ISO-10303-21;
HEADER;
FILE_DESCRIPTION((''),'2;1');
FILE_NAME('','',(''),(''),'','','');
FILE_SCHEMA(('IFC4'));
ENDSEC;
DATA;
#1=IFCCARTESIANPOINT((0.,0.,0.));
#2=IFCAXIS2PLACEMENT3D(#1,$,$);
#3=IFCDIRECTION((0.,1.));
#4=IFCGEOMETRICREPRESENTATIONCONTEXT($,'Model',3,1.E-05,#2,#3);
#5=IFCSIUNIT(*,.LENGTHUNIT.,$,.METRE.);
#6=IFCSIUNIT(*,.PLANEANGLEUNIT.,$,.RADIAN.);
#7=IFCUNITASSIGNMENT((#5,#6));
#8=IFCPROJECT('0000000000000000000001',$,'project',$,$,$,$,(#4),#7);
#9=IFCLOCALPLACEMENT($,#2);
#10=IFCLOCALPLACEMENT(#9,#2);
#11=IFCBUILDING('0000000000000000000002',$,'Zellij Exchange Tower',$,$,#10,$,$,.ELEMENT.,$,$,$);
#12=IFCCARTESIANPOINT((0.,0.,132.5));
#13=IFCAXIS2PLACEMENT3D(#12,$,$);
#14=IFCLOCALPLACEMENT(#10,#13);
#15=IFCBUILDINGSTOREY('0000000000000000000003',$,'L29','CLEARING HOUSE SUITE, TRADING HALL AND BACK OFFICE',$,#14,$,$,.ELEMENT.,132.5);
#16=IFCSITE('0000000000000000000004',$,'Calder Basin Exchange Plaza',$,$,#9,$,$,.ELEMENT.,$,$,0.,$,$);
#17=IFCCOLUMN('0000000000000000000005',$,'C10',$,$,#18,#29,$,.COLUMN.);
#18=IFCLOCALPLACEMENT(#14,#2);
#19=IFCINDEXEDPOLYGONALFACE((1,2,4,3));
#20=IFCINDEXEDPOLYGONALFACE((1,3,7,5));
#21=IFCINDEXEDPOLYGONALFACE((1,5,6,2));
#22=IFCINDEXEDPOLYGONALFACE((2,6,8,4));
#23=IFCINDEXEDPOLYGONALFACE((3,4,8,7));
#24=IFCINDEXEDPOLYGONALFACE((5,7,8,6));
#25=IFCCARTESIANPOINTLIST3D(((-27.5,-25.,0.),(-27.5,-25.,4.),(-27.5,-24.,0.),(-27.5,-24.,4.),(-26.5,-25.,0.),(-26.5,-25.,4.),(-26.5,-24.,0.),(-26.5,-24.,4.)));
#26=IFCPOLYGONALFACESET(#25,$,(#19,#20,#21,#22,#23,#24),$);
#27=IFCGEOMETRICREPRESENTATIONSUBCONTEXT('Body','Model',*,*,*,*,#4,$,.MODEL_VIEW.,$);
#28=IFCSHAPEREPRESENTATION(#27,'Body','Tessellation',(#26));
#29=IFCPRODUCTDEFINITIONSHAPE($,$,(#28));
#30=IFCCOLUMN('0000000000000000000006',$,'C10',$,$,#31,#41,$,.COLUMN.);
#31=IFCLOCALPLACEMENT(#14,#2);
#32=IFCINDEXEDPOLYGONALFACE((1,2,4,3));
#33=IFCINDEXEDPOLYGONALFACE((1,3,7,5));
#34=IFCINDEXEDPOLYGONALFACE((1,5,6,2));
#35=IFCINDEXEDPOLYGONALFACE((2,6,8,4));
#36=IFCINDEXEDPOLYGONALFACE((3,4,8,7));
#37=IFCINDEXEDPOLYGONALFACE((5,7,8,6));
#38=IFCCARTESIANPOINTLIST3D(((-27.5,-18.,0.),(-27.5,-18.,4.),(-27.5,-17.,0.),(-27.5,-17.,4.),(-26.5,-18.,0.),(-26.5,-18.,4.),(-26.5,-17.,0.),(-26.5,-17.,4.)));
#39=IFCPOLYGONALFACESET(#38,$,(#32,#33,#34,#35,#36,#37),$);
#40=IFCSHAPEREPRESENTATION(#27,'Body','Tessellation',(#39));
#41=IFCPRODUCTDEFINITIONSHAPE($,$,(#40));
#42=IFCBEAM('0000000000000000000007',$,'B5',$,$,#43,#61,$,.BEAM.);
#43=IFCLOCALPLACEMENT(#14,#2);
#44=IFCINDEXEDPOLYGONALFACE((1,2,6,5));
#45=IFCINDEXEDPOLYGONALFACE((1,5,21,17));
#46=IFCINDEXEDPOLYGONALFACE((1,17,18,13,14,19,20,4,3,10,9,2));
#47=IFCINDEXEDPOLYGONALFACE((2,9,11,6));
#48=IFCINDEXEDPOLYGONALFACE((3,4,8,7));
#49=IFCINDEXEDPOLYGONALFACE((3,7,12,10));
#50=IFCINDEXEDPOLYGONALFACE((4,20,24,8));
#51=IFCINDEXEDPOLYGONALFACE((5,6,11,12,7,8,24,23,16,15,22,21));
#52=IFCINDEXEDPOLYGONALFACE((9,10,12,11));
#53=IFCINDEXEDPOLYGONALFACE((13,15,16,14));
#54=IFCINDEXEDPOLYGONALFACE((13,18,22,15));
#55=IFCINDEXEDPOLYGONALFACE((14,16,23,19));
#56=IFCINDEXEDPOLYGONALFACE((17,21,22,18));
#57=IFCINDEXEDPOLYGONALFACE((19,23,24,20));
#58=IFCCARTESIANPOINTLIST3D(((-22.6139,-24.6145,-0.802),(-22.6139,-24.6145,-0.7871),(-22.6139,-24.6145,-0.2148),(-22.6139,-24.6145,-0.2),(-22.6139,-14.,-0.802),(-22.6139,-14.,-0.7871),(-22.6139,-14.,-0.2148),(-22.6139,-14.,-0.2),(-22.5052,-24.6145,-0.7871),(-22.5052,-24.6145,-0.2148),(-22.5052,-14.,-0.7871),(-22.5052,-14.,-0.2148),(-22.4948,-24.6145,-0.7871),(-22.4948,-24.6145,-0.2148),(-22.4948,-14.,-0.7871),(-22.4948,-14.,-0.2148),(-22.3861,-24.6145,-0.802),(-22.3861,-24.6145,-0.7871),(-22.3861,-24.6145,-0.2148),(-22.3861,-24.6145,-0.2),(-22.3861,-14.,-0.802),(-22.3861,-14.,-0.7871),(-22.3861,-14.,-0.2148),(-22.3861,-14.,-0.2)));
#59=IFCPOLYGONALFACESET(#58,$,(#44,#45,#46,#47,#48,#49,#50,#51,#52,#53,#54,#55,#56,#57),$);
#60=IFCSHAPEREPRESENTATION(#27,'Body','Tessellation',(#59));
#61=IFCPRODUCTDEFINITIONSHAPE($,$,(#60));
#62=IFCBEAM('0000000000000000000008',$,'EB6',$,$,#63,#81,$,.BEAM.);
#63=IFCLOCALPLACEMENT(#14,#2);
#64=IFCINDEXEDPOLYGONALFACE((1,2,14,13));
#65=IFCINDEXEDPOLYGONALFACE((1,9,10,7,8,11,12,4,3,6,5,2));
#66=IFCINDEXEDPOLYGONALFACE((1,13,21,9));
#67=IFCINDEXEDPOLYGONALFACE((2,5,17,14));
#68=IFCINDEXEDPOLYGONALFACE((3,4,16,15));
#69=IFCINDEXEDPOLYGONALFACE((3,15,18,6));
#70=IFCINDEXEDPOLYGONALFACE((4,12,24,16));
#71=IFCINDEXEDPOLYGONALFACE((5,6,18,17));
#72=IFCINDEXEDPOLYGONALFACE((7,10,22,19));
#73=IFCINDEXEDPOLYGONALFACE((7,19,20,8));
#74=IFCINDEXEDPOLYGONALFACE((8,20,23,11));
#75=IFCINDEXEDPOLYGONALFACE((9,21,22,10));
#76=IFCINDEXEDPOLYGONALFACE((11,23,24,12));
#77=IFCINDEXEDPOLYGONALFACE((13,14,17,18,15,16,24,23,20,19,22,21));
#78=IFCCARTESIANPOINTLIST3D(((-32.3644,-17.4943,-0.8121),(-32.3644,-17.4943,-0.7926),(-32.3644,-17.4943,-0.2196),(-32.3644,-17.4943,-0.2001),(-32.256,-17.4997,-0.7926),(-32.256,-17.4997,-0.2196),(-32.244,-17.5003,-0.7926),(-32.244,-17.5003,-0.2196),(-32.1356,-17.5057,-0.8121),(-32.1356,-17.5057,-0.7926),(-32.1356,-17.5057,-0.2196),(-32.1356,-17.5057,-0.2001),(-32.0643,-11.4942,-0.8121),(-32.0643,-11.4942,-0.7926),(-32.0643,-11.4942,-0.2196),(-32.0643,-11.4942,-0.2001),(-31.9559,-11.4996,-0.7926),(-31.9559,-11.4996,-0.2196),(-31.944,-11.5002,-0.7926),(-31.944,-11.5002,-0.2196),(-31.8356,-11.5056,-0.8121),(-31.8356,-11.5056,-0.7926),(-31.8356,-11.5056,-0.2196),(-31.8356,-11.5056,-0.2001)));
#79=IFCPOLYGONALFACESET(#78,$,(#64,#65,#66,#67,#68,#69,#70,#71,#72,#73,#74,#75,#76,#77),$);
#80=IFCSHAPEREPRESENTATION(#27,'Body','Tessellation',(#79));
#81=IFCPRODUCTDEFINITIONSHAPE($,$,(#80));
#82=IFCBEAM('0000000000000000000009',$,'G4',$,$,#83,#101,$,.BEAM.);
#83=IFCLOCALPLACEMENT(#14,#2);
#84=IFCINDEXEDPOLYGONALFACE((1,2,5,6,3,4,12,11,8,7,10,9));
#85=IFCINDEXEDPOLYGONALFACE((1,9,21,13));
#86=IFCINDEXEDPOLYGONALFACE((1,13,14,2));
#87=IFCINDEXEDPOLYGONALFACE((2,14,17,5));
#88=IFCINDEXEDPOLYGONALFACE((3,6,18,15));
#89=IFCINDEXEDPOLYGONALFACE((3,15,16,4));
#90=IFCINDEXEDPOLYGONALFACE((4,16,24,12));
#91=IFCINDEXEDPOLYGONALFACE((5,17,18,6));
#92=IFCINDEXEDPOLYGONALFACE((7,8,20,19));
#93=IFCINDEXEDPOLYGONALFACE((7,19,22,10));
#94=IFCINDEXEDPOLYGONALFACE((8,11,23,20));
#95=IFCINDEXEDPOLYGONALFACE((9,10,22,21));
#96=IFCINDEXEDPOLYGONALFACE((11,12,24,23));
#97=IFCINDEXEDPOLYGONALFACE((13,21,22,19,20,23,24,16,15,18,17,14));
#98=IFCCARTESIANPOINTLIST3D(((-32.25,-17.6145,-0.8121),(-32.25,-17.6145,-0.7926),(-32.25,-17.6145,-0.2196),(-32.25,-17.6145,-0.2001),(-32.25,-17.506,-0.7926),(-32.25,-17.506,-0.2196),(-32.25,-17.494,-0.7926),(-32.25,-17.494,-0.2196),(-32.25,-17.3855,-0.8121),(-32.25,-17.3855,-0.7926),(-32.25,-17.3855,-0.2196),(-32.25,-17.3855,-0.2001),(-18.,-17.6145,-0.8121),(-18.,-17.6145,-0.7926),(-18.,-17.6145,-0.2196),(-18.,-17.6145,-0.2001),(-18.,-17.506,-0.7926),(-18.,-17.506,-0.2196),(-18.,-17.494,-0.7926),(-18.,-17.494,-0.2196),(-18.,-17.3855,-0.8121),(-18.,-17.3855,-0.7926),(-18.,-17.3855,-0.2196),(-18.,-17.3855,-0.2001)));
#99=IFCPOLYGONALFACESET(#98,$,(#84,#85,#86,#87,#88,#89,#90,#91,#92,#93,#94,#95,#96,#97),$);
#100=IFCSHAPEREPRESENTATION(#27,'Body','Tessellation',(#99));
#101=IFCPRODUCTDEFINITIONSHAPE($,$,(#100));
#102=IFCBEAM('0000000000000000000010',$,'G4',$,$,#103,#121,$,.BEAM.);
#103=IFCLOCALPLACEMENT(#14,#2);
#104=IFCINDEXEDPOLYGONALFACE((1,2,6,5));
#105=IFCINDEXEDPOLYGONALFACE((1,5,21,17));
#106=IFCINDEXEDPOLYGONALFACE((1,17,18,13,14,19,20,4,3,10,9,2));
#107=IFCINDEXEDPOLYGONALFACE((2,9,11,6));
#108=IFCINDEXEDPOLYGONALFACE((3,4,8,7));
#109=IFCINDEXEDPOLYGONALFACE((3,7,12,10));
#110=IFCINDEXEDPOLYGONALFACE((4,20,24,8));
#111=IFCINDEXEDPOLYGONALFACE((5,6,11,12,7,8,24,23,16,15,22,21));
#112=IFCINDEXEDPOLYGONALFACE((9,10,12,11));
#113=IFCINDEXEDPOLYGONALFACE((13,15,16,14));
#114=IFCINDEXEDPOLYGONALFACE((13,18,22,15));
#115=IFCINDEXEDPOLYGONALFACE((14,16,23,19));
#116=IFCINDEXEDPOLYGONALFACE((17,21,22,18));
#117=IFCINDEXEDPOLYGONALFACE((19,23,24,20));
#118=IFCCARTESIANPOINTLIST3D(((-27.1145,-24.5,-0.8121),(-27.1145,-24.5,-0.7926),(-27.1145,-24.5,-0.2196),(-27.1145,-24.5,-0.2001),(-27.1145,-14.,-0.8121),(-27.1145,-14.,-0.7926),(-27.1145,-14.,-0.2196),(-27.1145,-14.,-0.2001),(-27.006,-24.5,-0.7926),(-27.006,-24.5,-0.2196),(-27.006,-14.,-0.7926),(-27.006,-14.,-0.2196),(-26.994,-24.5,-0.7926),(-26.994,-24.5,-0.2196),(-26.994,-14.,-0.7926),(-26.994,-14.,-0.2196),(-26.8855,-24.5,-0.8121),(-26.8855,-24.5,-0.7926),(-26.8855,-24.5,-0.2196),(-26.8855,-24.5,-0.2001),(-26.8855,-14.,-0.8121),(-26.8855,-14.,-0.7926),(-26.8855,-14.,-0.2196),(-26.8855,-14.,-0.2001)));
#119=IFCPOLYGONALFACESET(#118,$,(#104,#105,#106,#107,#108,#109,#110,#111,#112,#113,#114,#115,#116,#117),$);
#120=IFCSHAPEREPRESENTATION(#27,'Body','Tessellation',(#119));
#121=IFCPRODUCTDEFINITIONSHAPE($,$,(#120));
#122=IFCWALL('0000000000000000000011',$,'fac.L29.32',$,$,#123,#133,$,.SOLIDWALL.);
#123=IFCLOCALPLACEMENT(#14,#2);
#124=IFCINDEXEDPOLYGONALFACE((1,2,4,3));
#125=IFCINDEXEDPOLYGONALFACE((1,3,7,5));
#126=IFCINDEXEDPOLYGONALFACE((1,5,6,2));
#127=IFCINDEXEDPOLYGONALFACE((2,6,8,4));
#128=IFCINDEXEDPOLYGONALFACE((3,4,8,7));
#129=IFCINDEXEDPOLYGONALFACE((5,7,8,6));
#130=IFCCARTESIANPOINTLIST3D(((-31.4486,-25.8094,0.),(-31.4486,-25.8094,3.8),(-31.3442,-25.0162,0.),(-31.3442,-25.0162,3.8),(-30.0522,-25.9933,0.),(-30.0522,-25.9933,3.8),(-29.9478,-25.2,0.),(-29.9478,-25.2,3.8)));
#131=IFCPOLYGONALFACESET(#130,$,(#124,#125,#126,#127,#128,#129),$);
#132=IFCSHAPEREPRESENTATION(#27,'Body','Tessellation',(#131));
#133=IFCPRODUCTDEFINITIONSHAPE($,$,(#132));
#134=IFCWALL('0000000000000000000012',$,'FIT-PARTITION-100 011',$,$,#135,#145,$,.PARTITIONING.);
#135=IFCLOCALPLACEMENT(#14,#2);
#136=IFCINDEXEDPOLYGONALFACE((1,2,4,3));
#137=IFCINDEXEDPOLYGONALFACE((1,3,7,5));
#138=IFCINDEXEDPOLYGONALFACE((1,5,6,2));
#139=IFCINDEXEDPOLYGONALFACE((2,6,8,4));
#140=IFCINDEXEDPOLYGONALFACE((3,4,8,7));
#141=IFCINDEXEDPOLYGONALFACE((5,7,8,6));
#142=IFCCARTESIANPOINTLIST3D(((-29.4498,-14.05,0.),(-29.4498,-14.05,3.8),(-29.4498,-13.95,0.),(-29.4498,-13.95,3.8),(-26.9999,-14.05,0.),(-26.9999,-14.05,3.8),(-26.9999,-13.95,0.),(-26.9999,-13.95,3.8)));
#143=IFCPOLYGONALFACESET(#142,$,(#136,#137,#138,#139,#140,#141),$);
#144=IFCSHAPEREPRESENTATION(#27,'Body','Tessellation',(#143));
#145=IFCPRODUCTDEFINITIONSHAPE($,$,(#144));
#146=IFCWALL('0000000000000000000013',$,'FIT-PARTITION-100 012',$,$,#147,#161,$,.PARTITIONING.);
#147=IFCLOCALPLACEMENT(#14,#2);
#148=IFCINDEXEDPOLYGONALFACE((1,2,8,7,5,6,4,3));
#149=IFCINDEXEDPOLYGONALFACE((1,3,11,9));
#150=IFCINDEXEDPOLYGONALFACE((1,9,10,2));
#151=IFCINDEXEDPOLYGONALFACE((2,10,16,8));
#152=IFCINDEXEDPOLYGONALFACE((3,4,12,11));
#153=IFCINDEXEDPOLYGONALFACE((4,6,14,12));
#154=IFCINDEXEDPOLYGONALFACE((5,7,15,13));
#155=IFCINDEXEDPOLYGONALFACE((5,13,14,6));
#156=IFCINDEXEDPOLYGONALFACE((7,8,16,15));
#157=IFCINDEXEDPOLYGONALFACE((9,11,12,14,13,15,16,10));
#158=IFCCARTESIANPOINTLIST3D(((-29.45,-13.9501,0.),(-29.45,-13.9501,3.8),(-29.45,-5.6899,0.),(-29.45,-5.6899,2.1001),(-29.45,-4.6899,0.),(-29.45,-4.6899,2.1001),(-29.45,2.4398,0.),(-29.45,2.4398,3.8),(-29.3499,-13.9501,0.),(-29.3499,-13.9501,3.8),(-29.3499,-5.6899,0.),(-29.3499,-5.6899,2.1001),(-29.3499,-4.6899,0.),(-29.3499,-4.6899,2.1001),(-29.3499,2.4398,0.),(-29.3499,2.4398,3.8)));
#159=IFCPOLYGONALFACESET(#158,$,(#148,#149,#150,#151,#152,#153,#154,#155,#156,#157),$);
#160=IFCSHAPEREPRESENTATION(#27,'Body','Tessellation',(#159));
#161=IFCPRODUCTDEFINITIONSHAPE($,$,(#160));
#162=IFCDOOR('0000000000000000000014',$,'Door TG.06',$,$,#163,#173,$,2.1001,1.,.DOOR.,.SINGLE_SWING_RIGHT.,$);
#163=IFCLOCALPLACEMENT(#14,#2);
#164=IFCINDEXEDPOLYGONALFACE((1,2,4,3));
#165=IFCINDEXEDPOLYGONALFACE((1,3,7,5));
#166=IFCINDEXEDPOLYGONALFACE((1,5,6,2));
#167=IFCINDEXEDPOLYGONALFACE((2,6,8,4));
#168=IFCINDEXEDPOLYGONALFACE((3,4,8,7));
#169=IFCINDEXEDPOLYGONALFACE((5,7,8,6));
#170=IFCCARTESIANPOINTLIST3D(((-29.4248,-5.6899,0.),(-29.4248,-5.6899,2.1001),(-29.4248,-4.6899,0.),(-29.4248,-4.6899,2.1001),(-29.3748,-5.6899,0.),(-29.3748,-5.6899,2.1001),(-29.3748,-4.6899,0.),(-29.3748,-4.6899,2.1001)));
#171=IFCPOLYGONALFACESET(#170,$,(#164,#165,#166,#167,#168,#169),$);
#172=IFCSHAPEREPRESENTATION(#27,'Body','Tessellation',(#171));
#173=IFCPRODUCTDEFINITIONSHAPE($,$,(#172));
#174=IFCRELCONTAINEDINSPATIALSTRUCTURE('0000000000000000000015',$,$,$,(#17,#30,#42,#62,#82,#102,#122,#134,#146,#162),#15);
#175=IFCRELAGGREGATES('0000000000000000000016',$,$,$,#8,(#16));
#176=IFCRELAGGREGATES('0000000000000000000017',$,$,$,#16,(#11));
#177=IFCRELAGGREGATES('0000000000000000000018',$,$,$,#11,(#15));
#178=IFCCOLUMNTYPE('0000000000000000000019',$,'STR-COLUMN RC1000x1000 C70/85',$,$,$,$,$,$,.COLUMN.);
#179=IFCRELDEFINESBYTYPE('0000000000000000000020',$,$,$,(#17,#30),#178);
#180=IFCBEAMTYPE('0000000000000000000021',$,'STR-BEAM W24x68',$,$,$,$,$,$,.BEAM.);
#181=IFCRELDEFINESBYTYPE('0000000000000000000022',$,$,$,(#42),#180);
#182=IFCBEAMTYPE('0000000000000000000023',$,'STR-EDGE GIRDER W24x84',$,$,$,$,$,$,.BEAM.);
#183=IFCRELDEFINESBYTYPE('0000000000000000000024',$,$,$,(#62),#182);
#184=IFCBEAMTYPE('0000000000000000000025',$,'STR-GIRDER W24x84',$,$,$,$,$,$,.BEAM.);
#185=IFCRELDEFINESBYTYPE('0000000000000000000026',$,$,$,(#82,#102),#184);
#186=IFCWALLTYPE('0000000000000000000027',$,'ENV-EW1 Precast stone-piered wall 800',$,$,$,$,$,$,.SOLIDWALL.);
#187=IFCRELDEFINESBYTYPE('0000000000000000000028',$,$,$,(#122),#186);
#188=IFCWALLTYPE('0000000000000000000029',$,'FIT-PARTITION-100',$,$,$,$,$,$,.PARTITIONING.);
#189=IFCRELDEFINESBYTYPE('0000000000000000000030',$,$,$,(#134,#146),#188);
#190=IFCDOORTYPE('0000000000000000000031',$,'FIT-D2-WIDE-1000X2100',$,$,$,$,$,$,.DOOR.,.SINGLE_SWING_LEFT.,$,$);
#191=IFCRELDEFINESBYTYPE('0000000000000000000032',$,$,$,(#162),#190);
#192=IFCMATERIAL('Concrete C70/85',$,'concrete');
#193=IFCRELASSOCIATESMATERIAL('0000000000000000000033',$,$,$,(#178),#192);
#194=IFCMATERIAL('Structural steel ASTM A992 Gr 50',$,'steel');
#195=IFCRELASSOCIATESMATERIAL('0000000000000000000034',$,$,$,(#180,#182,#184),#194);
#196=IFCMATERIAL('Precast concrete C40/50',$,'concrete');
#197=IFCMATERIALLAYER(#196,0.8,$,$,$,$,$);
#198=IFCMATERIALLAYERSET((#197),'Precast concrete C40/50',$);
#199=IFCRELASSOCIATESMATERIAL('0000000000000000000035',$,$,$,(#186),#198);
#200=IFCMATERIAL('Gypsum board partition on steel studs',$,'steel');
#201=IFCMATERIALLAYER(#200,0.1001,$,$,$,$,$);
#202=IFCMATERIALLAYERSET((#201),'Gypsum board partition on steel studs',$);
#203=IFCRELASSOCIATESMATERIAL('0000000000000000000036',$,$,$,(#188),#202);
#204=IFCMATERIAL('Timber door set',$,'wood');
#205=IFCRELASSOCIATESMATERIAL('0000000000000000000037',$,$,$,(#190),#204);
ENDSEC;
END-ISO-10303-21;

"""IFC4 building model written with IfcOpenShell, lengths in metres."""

from ifc_helpers import new_model, si_unit, direction, frame, frame_2d, origin, origin_2d, place, context, subcontext, project, spatial, rectangle, i_section, extrude, material, layer, layer_set, material_profile, profile_set, type_object, element, fill, save


model = new_model("IFC4")

# Units and contexts
model_context = context("Model", 3, precision=1e-05, world=origin(), true_north=direction((0.0, 1.0)))
body_context = subcontext(model_context, "Body", "Model", "MODEL_VIEW")
ifc_project = project(units=[si_unit("LENGTHUNIT", "METRE"), si_unit("PLANEANGLEUNIT", "RADIAN")], contexts=[model_context])

# Site, building, storey
site_placement = place(None, origin())
site = spatial("IfcSite", under=ifc_project, at=site_placement, Name="Calder Basin Exchange Plaza", CompositionType="ELEMENT", RefElevation=0.0)
building_placement = place(site_placement, origin())
building = spatial("IfcBuilding", under=site, at=building_placement, Name="Zellij Exchange Tower", CompositionType="ELEMENT")
storey_placement = place(building_placement, frame((0.0, 0.0, 132.5)))
storey = spatial("IfcBuildingStorey", under=building, at=storey_placement, Name="L29", Description="CLEARING HOUSE SUITE, TRADING HALL AND BACK OFFICE", CompositionType="ELEMENT", Elevation=132.5)

# Columns
ifc_material_1 = material(Name="Concrete C70/85", Category="concrete")
ifc_material_profile_1 = material_profile(ifc_material_1, rectangle(XDim=1.0, YDim=1.0, at=origin_2d()), Name="STR-COLUMN RC1000x1000 C70/85")
ifc_profile_set_1 = profile_set([ifc_material_profile_1], Name="Concrete C70/85")
column_type = type_object("IfcColumnType", Name="STR-COLUMN RC1000x1000 C70/85", PredefinedType="COLUMN", material=ifc_profile_set_1)
for number, where, z_axis, x_axis, name in (
    (1, (-27.0, -24.5, 0.0), (0.0, 0.0, 1.0), (1.0, 0.0, 0.0), "C10"),
    (2, (-27.0, -17.5, 0.0), (0.0, 0.0, 1.0), (1.0, 0.0, 0.0), "C10"),
):
    element("IfcColumn", number, at=place(storey_placement, frame(where, z_axis=z_axis, x_axis=x_axis)), inside=storey, type_object=column_type, Name=name, PredefinedType="COLUMN", context=body_context, shape_type="SweptSolid", body=[
        extrude(rectangle(XDim=1.0, YDim=1.0, at=origin_2d()), origin(), (0.0, 0.0, 1.0), 4.0),
    ])

# Beams
ifc_material_2 = material(Name="Structural steel ASTM A992 Gr 50", Category="steel")
ifc_material_profile_2 = material_profile(ifc_material_2, i_section(OverallWidth=0.2278, OverallDepth=0.6021, WebThickness=0.0105, FlangeThickness=0.0149, at=origin_2d()), Name="W24x68")
ifc_profile_set_2 = profile_set([ifc_material_profile_2], Name="Structural steel ASTM A992 Gr 50")
beam_type_1 = type_object("IfcBeamType", Name="STR-BEAM W24x68", PredefinedType="BEAM", material=ifc_profile_set_2)
beam_1_placement = place(storey_placement, frame((-22.5, -24.6145, -0.501), z_axis=(0.0, 1.0, 0.0), x_axis=(-1.0, 0.0, 0.0)))
element("IfcBeam", 3, at=beam_1_placement, inside=storey, type_object=beam_type_1, Name="B5", PredefinedType="BEAM", context=body_context, shape_type="SweptSolid", body=[
    extrude(i_section(OverallWidth=0.2278, OverallDepth=0.6021, WebThickness=0.0105, FlangeThickness=0.0149, at=origin_2d()), origin(), (0.0, 0.0, 1.0), 10.6145),
])
ifc_material_profile_3 = material_profile(ifc_material_2, i_section(OverallWidth=0.229, OverallDepth=0.6121, WebThickness=0.012, FlangeThickness=0.0195, at=origin_2d()), Name="W24x84")
ifc_profile_set_3 = profile_set([ifc_material_profile_3], Name="Structural steel ASTM A992 Gr 50")
beam_type_2 = type_object("IfcBeamType", Name="STR-EDGE GIRDER W24x84", PredefinedType="BEAM", material=ifc_profile_set_3)
beam_2_placement = place(storey_placement, frame((-32.25, -17.5, -0.5061), z_axis=(0.049946, 0.998752, 0.0), x_axis=(-0.998752, 0.049946, 0.0)))
element("IfcBeam", 4, at=beam_2_placement, inside=storey, type_object=beam_type_2, Name="EB6", PredefinedType="BEAM", context=body_context, shape_type="SweptSolid", body=[
    extrude(i_section(OverallWidth=0.229, OverallDepth=0.6121, WebThickness=0.012, FlangeThickness=0.0195, at=origin_2d()), origin(), (0.0, 0.0, 1.0), 6.0076),
])
ifc_material_profile_4 = material_profile(ifc_material_2, i_section(OverallWidth=0.229, OverallDepth=0.6121, WebThickness=0.012, FlangeThickness=0.0195, at=origin_2d()), Name="W24x84")
ifc_profile_set_4 = profile_set([ifc_material_profile_4], Name="Structural steel ASTM A992 Gr 50")
beam_type_3 = type_object("IfcBeamType", Name="STR-GIRDER W24x84", PredefinedType="BEAM", material=ifc_profile_set_4)
beam_3_placement = place(storey_placement, frame((-32.25, -17.5, -0.5061), z_axis=(1.0, 0.0, 0.0), x_axis=(0.0, 1.0, 0.0)))
element("IfcBeam", 5, at=beam_3_placement, inside=storey, type_object=beam_type_3, Name="G4", PredefinedType="BEAM", context=body_context, shape_type="SweptSolid", body=[
    extrude(i_section(OverallWidth=0.229, OverallDepth=0.6121, WebThickness=0.012, FlangeThickness=0.0195, at=origin_2d()), origin(), (0.0, 0.0, 1.0), 14.25),
])
beam_4_placement = place(storey_placement, frame((-27.0, -24.5, -0.5061), z_axis=(0.0, 1.0, 0.0), x_axis=(-1.0, 0.0, 0.0)))
element("IfcBeam", 6, at=beam_4_placement, inside=storey, type_object=beam_type_3, Name="G4", PredefinedType="BEAM", context=body_context, shape_type="SweptSolid", body=[
    extrude(i_section(OverallWidth=0.229, OverallDepth=0.6121, WebThickness=0.012, FlangeThickness=0.0195, at=origin_2d()), origin(), (0.0, 0.0, 1.0), 10.5),
])

# Shared definitions
ifc_material_3 = material(Name="Precast concrete C40/50", Category="concrete")
ifc_layer_1 = layer(ifc_material_3, 0.8)
ifc_layer_set_1 = layer_set([ifc_layer_1], Name="Precast concrete C40/50")
wall_type_1 = type_object("IfcWallType", Name="ENV-EW1 Precast stone-piered wall 800", PredefinedType="SOLIDWALL", material=ifc_layer_set_1)

# Walls
wall_1_placement = place(storey_placement, frame((-31.3962, -25.4128, 0.0), z_axis=(0.0, 0.0, 1.0), x_axis=(0.991446, -0.130517, 0.0)))
element("IfcWall", 7, at=wall_1_placement, inside=storey, type_object=wall_type_1, Name="fac.L29.32", PredefinedType="SOLIDWALL", context=body_context, shape_type="SweptSolid", body=[
    extrude(rectangle(XDim=1.4084, YDim=0.8, at=frame_2d((0.7041, 0.0))), origin(), (0.0, 0.0, 1.0), 3.8),
])
ifc_material_4 = material(Name="Gypsum board partition on steel studs", Category="steel")
ifc_layer_2 = layer(ifc_material_4, 0.1001)
ifc_layer_set_2 = layer_set([ifc_layer_2], Name="Gypsum board partition on steel studs")
wall_type_2 = type_object("IfcWallType", Name="FIT-PARTITION-100", PredefinedType="PARTITIONING", material=ifc_layer_set_2)
wall_2_placement = place(storey_placement, frame((-29.45, -14.0, 0.0), z_axis=(0.0, 0.0, 1.0), x_axis=(1.0, 0.0, 0.0)))
element("IfcWall", 8, at=wall_2_placement, inside=storey, type_object=wall_type_2, Name="FIT-PARTITION-100 011", PredefinedType="PARTITIONING", context=body_context, shape_type="SweptSolid", body=[
    extrude(rectangle(XDim=2.45, YDim=0.1001, at=frame_2d((1.2251, 0.0))), origin(), (0.0, 0.0, 1.0), 3.8),
])

# Wall, opening, door
wall_3_placement = place(storey_placement, frame((-29.3999, -13.95, 0.0), z_axis=(0.0, 0.0, 1.0), x_axis=(0.0, 1.0, 0.0)))
wall_3 = element("IfcWall", 9, at=wall_3_placement, inside=storey, type_object=wall_type_2, Name="FIT-PARTITION-100 012", PredefinedType="PARTITIONING", context=body_context, shape_type="SweptSolid", body=[
    extrude(rectangle(XDim=16.3899, YDim=0.1001, at=frame_2d((8.1948, 0.0))), origin(), (0.0, 0.0, 1.0), 3.8),
])
opening_1_placement = place(wall_3_placement, frame((8.26, 0.0, 0.0)))
opening_1 = element("IfcOpeningElement", 10, at=opening_1_placement, cuts=wall_3, PredefinedType="OPENING", context=body_context, shape_type="SweptSolid", body=[
    extrude(rectangle(XDim=1.0, YDim=2.1001, at=frame_2d((0.5, 1.05))), frame((0.0, 0.062, 0.0), z_axis=(0.0, -1.0, 0.0), x_axis=(1.0, 0.0, 0.0)), (0.0, 0.0, 1.0), 0.124),
])
ifc_material_5 = material(Name="Timber door set", Category="wood")
door_type = type_object("IfcDoorType", Name="FIT-D2-WIDE-1000X2100", OperationType="SINGLE_SWING_LEFT", PredefinedType="DOOR", material=ifc_material_5)
door_placement = place(opening_1_placement, origin())
door = element("IfcDoor", 11, at=door_placement, inside=storey, type_object=door_type, Name="Door TG.06", OperationType="SINGLE_SWING_RIGHT", OverallHeight=2.1001, OverallWidth=1.0, PredefinedType="DOOR", context=body_context, shape_type="SweptSolid", body=[
    extrude(rectangle(XDim=1.0, YDim=2.1001, at=frame_2d((0.5, 1.05))), frame((0.0, 0.0249, 0.0), z_axis=(0.0, -1.0, 0.0), x_axis=(1.0, 0.0, 0.0)), (0.0, 0.0, 1.0), 0.05),
])
fill(opening_1, door)

save(model, "model.ifc")
